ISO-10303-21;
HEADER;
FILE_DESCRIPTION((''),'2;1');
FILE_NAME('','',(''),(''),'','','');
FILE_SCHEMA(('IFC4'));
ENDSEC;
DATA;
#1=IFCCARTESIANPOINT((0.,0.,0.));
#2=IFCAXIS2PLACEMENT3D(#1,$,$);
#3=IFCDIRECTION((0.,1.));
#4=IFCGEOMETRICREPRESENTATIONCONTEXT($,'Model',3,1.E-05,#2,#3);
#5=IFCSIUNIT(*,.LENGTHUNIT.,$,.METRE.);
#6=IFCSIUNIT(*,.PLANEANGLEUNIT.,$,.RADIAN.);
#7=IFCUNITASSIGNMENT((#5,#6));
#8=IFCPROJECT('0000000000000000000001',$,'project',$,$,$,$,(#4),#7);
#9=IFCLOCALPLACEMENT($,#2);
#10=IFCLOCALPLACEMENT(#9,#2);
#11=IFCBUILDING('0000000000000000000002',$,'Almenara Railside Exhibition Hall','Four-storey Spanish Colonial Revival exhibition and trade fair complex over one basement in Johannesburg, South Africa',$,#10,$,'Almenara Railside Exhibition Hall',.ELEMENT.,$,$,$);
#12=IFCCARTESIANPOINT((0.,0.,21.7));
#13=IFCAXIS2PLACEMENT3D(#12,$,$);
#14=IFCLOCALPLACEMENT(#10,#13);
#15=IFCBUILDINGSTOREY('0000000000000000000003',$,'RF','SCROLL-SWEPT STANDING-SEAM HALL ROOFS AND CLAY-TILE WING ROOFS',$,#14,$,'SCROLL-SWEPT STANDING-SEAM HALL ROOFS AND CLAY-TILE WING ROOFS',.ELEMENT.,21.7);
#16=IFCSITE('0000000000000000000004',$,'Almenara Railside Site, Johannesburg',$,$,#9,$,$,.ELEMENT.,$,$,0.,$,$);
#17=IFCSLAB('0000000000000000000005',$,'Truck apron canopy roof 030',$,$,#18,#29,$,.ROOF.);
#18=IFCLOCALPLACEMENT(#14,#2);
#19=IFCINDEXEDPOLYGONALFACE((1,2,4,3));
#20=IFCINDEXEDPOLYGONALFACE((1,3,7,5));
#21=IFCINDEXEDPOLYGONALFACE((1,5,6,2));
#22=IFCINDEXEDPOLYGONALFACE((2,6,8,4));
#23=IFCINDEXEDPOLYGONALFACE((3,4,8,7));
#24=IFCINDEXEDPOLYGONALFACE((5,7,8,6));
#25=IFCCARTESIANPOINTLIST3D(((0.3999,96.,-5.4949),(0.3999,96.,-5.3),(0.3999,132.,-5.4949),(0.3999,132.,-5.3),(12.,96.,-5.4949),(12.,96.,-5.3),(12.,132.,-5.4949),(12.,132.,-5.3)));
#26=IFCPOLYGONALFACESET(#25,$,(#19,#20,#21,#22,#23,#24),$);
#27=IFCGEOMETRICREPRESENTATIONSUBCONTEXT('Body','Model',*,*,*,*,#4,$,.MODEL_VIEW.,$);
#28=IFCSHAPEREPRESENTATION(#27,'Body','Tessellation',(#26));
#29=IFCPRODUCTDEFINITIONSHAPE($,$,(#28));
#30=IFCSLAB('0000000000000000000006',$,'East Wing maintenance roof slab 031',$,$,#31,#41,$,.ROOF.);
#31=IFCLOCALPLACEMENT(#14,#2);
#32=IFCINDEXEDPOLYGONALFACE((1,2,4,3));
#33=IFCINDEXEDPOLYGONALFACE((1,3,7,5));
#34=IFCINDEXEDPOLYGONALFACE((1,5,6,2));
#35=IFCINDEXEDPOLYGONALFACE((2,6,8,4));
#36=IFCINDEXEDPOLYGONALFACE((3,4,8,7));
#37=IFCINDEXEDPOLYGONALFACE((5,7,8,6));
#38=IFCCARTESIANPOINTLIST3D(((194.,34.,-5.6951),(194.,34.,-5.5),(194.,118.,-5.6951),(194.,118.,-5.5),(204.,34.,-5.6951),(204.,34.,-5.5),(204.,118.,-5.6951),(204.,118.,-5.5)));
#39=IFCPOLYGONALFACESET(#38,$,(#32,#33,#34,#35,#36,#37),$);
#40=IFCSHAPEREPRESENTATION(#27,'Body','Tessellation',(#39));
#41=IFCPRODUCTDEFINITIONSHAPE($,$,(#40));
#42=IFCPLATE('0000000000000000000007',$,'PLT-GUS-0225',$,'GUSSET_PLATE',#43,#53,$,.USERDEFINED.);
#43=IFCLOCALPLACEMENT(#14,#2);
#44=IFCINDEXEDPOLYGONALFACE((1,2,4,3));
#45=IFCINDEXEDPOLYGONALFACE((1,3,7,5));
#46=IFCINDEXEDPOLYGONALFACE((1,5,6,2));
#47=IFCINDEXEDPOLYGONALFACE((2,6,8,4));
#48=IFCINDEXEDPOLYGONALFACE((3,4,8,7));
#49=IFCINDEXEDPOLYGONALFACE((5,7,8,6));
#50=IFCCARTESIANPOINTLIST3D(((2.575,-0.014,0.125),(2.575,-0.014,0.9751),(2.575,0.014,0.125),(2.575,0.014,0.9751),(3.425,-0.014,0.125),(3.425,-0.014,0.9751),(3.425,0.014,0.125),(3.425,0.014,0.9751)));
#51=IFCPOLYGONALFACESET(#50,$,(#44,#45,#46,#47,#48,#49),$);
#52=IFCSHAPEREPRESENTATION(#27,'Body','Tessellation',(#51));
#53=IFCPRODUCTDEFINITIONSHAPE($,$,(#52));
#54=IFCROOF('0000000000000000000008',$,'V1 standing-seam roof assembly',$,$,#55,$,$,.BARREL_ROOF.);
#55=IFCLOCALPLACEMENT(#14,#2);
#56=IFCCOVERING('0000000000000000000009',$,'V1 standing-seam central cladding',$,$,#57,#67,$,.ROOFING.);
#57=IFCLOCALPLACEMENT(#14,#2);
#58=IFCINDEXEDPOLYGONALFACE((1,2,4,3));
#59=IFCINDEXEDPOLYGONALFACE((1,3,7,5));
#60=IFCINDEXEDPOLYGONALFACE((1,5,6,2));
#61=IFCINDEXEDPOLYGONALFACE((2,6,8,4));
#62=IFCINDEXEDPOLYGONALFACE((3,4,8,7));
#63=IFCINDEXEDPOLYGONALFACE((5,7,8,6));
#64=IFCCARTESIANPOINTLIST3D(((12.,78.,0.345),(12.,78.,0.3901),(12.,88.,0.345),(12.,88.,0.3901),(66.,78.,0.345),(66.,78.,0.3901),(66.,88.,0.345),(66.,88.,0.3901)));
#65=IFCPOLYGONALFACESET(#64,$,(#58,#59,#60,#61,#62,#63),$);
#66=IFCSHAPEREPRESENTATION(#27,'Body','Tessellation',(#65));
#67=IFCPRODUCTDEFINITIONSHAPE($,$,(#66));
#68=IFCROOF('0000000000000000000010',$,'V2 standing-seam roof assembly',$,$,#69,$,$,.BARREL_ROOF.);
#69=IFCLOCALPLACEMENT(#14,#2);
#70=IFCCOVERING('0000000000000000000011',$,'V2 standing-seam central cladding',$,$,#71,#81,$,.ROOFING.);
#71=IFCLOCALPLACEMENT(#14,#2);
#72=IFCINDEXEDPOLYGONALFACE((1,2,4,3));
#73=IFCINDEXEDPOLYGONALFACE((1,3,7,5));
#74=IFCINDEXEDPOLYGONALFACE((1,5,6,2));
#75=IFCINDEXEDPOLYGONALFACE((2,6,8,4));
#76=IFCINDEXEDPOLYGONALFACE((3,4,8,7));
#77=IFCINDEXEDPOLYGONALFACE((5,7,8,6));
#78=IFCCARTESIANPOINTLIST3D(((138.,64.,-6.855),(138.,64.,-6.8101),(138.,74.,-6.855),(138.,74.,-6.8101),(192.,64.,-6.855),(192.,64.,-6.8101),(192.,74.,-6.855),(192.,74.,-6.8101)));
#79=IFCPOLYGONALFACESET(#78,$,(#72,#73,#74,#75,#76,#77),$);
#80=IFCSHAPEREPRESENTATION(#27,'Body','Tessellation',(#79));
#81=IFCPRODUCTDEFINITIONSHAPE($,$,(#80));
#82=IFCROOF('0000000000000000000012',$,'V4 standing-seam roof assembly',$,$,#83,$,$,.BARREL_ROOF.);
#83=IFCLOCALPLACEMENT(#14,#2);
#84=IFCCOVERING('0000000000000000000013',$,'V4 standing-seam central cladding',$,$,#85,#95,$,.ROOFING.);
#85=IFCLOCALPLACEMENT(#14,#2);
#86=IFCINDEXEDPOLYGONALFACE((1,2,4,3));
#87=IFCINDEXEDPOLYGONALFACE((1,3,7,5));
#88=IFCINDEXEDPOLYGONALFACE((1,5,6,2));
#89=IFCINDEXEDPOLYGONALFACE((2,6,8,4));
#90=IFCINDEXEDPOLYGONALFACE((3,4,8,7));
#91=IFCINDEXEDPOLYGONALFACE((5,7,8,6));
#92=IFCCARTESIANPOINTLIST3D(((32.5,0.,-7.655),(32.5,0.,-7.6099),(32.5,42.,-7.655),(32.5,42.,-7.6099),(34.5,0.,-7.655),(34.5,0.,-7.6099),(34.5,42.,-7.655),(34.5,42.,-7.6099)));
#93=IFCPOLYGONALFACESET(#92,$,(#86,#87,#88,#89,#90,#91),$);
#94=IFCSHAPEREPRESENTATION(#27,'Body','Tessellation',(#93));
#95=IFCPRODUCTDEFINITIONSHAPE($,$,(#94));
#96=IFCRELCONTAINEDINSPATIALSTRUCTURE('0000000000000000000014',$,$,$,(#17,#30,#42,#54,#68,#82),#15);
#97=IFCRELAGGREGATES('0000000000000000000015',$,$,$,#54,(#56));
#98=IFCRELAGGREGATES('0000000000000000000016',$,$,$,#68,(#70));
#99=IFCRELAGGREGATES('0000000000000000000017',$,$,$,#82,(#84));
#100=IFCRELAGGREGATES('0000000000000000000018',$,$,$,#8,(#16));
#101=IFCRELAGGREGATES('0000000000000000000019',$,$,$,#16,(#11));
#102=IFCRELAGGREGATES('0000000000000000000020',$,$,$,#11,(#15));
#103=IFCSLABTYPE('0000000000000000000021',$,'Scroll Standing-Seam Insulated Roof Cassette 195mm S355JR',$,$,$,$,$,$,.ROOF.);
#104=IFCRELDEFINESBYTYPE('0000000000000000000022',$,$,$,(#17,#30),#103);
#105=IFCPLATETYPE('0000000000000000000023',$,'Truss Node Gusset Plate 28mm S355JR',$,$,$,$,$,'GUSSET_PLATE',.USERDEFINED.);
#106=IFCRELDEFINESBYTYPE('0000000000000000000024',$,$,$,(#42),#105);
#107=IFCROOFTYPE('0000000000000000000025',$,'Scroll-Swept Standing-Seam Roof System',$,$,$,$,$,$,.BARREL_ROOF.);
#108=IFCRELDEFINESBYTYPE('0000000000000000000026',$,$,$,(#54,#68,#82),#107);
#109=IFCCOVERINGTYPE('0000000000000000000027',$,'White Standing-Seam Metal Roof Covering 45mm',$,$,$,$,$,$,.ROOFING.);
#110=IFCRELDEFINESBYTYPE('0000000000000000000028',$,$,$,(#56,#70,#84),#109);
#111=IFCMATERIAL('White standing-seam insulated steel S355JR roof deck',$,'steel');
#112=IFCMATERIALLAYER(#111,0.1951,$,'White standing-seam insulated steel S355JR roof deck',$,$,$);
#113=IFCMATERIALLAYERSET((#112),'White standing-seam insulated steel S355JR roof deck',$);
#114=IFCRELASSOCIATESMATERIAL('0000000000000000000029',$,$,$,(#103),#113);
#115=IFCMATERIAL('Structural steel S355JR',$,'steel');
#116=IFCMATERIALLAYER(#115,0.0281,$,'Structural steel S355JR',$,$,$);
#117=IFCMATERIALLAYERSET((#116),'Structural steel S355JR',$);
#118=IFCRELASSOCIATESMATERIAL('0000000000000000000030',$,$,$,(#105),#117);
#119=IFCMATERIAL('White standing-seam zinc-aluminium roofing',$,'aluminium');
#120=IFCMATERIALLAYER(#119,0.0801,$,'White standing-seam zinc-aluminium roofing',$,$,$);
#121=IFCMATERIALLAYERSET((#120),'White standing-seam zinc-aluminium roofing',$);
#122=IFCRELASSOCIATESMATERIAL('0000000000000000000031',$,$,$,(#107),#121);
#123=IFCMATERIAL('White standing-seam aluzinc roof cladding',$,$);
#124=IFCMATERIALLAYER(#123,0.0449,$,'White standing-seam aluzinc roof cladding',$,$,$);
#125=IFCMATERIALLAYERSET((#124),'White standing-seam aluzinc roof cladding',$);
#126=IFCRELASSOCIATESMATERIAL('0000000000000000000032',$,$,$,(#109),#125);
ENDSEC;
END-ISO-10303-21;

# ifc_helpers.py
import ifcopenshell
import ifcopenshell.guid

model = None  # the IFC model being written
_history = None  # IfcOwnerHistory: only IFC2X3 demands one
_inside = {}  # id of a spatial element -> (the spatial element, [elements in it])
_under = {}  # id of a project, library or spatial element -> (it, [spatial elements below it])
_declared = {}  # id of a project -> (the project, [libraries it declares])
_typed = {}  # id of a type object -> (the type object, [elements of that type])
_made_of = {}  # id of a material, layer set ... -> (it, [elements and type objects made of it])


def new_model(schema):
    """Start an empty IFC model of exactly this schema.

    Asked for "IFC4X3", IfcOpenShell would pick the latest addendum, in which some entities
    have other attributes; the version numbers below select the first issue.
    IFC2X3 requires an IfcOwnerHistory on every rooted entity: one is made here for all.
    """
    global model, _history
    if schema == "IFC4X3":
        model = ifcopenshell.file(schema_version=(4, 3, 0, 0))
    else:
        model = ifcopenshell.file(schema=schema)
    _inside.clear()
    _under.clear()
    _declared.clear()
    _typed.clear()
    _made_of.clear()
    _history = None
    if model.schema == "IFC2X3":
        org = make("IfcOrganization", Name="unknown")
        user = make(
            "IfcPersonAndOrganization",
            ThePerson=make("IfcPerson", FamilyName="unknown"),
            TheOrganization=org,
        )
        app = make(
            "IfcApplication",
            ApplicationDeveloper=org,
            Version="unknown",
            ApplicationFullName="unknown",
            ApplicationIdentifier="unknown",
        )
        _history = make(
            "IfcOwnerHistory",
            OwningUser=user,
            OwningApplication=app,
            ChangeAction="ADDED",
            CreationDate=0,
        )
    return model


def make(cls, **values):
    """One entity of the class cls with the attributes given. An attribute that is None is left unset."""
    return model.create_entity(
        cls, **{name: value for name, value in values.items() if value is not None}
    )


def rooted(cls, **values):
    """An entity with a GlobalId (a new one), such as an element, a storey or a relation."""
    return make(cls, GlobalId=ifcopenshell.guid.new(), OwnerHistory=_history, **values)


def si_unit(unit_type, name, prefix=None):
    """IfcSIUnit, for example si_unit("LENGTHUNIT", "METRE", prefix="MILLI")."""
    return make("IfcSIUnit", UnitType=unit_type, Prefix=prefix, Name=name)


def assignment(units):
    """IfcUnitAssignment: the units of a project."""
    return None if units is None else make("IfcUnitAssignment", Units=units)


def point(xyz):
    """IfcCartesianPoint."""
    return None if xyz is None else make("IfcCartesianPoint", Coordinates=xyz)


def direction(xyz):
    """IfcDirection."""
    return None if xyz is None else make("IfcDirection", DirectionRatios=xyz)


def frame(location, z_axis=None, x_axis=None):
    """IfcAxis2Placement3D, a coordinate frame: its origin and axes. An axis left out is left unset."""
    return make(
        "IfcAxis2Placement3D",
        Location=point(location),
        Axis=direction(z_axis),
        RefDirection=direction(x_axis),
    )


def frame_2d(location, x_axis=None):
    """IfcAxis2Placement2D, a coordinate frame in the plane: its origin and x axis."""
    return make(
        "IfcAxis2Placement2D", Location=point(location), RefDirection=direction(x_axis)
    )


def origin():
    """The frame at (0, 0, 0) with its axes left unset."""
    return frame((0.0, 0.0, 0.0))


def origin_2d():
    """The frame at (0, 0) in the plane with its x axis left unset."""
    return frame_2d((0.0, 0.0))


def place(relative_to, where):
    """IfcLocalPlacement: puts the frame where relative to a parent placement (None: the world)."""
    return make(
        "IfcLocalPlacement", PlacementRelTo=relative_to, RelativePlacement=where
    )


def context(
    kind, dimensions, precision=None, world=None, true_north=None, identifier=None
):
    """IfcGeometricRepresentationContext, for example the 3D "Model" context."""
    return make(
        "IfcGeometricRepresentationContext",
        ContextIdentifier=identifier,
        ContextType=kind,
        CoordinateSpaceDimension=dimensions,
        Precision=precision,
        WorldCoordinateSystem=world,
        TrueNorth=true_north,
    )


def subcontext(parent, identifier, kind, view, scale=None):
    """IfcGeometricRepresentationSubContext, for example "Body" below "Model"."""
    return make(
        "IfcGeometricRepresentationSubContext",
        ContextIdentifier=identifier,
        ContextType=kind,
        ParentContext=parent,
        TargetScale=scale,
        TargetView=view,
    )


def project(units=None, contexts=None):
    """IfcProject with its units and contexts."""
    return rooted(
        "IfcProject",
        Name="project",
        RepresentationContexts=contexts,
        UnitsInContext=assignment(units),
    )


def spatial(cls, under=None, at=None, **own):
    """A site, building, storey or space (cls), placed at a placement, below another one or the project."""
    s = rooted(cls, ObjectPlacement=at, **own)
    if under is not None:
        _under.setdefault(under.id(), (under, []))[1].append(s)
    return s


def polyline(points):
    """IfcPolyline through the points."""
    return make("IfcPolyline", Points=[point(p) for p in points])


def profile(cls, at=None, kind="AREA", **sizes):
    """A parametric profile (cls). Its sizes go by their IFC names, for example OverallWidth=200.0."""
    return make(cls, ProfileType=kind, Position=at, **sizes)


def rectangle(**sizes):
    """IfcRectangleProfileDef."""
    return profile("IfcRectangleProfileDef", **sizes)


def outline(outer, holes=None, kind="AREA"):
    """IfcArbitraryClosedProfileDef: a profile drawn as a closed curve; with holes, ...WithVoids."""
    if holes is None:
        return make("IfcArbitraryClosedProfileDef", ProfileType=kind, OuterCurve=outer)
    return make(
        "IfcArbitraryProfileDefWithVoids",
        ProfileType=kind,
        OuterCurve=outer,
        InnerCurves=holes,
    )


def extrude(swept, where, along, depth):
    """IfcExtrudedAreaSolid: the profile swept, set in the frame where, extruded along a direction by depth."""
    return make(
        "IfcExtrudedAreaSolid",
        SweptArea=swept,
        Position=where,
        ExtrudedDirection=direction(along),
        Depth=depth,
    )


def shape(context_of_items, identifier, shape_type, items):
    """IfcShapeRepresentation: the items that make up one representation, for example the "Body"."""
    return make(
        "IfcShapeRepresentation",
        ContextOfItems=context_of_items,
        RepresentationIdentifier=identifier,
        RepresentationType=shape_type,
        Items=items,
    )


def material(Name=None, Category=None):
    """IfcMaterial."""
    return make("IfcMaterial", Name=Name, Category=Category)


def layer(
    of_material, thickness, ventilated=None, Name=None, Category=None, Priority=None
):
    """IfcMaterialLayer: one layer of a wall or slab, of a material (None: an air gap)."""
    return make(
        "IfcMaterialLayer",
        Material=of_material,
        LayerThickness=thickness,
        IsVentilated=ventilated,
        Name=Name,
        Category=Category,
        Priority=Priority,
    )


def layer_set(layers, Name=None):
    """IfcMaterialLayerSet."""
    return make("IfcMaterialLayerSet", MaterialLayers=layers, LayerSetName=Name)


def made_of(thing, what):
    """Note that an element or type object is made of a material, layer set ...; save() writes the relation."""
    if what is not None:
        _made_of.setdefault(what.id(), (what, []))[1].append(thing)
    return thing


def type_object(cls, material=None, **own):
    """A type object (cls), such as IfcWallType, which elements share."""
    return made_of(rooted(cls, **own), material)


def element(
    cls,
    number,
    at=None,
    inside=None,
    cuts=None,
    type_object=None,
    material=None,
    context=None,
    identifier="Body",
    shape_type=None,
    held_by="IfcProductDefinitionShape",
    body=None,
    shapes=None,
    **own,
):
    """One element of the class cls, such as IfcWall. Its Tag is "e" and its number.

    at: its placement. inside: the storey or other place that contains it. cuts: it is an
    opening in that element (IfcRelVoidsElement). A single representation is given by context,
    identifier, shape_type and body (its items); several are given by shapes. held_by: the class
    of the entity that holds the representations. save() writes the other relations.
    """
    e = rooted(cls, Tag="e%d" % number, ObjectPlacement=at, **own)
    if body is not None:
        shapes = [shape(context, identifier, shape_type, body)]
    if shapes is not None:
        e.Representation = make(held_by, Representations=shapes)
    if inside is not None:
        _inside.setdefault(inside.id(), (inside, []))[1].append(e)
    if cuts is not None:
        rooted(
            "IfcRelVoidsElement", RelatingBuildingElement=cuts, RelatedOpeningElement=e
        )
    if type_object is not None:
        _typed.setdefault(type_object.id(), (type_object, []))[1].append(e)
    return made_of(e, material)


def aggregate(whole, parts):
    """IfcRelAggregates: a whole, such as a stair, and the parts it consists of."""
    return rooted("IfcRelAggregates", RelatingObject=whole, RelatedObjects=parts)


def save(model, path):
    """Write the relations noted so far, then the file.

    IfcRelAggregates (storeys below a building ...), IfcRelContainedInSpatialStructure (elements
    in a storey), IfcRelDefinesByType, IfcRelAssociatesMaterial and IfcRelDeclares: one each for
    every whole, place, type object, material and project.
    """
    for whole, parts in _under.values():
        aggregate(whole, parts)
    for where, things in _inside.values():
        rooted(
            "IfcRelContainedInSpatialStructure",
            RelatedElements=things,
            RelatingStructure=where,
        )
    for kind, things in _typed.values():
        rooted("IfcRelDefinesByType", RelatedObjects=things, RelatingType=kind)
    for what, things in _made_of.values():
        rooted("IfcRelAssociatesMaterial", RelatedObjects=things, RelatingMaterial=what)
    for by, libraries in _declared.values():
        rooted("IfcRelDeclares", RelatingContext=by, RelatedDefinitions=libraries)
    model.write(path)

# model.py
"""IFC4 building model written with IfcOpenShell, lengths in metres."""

from ifc_helpers import new_model, si_unit, direction, frame, origin, origin_2d, place, context, subcontext, project, spatial, polyline, rectangle, outline, extrude, material, layer, layer_set, type_object, element, aggregate, save


model = new_model("IFC4")

# Units and contexts
model_context = context("Model", 3, precision=1e-05, world=origin(), true_north=direction((0.0, 1.0)))
body_context = subcontext(model_context, "Body", "Model", "MODEL_VIEW")
ifc_project = project(units=[si_unit("LENGTHUNIT", "METRE"), si_unit("PLANEANGLEUNIT", "RADIAN")], contexts=[model_context])

# Site, building, storey
site_placement = place(None, origin())
site = spatial("IfcSite", under=ifc_project, at=site_placement, Name="Almenara Railside Site, Johannesburg", CompositionType="ELEMENT", RefElevation=0.0)
building_placement = place(site_placement, origin())
building = spatial("IfcBuilding", under=site, at=building_placement, Name="Almenara Railside Exhibition Hall", Description="Four-storey Spanish Colonial Revival exhibition and trade fair complex over one basement in Johannesburg, South Africa", LongName="Almenara Railside Exhibition Hall", CompositionType="ELEMENT")
storey_placement = place(building_placement, frame((0.0, 0.0, 21.7)))
storey = spatial("IfcBuildingStorey", under=building, at=storey_placement, Name="RF", Description="SCROLL-SWEPT STANDING-SEAM HALL ROOFS AND CLAY-TILE WING ROOFS", LongName="SCROLL-SWEPT STANDING-SEAM HALL ROOFS AND CLAY-TILE WING ROOFS", CompositionType="ELEMENT", Elevation=21.7)

# Shared definitions
ifc_material_1 = material(Name="Structural steel S355JR", Category="steel")

# Slabs
ifc_material_2 = material(Name="White standing-seam insulated steel S355JR roof deck", Category="steel")
ifc_layer_1 = layer(ifc_material_2, 0.1951, Name="White standing-seam insulated steel S355JR roof deck")
ifc_layer_set_1 = layer_set([ifc_layer_1], Name="White standing-seam insulated steel S355JR roof deck")
slab_type_1 = type_object("IfcSlabType", Name="Scroll Standing-Seam Insulated Roof Cassette 195mm S355JR", PredefinedType="ROOF", material=ifc_layer_set_1)
slab_1_placement = place(storey_placement, frame((0.0, 0.0, -5.4949)))
element("IfcSlab", 1, at=slab_1_placement, inside=storey, type_object=slab_type_1, Name="Truck apron canopy roof 030", PredefinedType="ROOF", context=body_context, shape_type="SweptSolid", body=[
    extrude(outline(polyline([(0.3999, 96.0), (12.0, 96.0), (12.0, 132.0), (0.3999, 132.0), (0.3999, 96.0)])), origin(), (0.0, 0.0, 1.0), 0.1948),
])
slab_2_placement = place(storey_placement, frame((0.0, 0.0, -5.6951)))
element("IfcSlab", 2, at=slab_2_placement, inside=storey, type_object=slab_type_1, Name="East Wing maintenance roof slab 031", PredefinedType="ROOF", context=body_context, shape_type="SweptSolid", body=[
    extrude(outline(polyline([(194.0, 34.0), (204.0, 34.0), (204.0, 118.0), (194.0, 118.0), (194.0, 34.0)])), origin(), (0.0, 0.0, 1.0), 0.1951),
])

# Plate
ifc_layer_2 = layer(ifc_material_1, 0.0281, Name="Structural steel S355JR")
ifc_layer_set_2 = layer_set([ifc_layer_2], Name="Structural steel S355JR")
plate_type = type_object("IfcPlateType", Name="Truss Node Gusset Plate 28mm S355JR", ElementType="GUSSET_PLATE", PredefinedType="USERDEFINED", material=ifc_layer_set_2)
plate_placement = place(storey_placement, frame((3.0, 0.0, 0.125), z_axis=(0.0, 0.0, 1.0), x_axis=(1.0, 0.0, 0.0)))
element("IfcPlate", 3, at=plate_placement, inside=storey, type_object=plate_type, Name="PLT-GUS-0225", ObjectType="GUSSET_PLATE", PredefinedType="USERDEFINED", context=body_context, shape_type="SweptSolid", body=[
    extrude(rectangle(XDim=0.8501, YDim=0.0281, at=origin_2d()), origin(), (0.0, 0.0, 1.0), 0.8501),
])

# Roofs, coverings
ifc_material_3 = material(Name="White standing-seam zinc-aluminium roofing", Category="aluminium")
ifc_layer_3 = layer(ifc_material_3, 0.0801, Name="White standing-seam zinc-aluminium roofing")
ifc_layer_set_3 = layer_set([ifc_layer_3], Name="White standing-seam zinc-aluminium roofing")
roof_type = type_object("IfcRoofType", Name="Scroll-Swept Standing-Seam Roof System", PredefinedType="BARREL_ROOF", material=ifc_layer_set_3)
roof_1_placement = place(storey_placement, origin())
roof_1 = element("IfcRoof", 4, at=roof_1_placement, inside=storey, type_object=roof_type, Name="V1 standing-seam roof assembly", PredefinedType="BARREL_ROOF")
ifc_material_4 = material(Name="White standing-seam aluzinc roof cladding")
ifc_layer_4 = layer(ifc_material_4, 0.0449, Name="White standing-seam aluzinc roof cladding")
ifc_layer_set_4 = layer_set([ifc_layer_4], Name="White standing-seam aluzinc roof cladding")
covering_type = type_object("IfcCoveringType", Name="White Standing-Seam Metal Roof Covering 45mm", PredefinedType="ROOFING", material=ifc_layer_set_4)
covering_1_placement = place(storey_placement, frame((0.0, 0.0, 0.345)))
covering_1 = element("IfcCovering", 5, at=covering_1_placement, type_object=covering_type, Name="V1 standing-seam central cladding", PredefinedType="ROOFING", context=body_context, shape_type="SweptSolid", body=[
    extrude(outline(polyline([(12.0, 78.0), (66.0, 78.0), (66.0, 88.0), (12.0, 88.0), (12.0, 78.0)])), origin(), (0.0, 0.0, 1.0), 0.0452),
])
aggregate(roof_1, [covering_1])
roof_2_placement = place(storey_placement, origin())
roof_2 = element("IfcRoof", 6, at=roof_2_placement, inside=storey, type_object=roof_type, Name="V2 standing-seam roof assembly", PredefinedType="BARREL_ROOF")
covering_2_placement = place(storey_placement, frame((0.0, 0.0, -6.855)))
covering_2 = element("IfcCovering", 7, at=covering_2_placement, type_object=covering_type, Name="V2 standing-seam central cladding", PredefinedType="ROOFING", context=body_context, shape_type="SweptSolid", body=[
    extrude(outline(polyline([(138.0, 64.0), (192.0, 64.0), (192.0, 74.0), (138.0, 74.0), (138.0, 64.0)])), origin(), (0.0, 0.0, 1.0), 0.0449),
])
aggregate(roof_2, [covering_2])
roof_3_placement = place(storey_placement, origin())
roof_3 = element("IfcRoof", 8, at=roof_3_placement, inside=storey, type_object=roof_type, Name="V4 standing-seam roof assembly", PredefinedType="BARREL_ROOF")
covering_3_placement = place(storey_placement, frame((0.0, 0.0, -7.655)))
covering_3 = element("IfcCovering", 9, at=covering_3_placement, type_object=covering_type, Name="V4 standing-seam central cladding", PredefinedType="ROOFING", context=body_context, shape_type="SweptSolid", body=[
    extrude(outline(polyline([(32.5, 0.0), (34.5, 0.0), (34.5, 42.0), (32.5, 42.0), (32.5, 0.0)])), origin(), (0.0, 0.0, 1.0), 0.0452),
])
aggregate(roof_3, [covering_3])

save(model, "model.ifc")
